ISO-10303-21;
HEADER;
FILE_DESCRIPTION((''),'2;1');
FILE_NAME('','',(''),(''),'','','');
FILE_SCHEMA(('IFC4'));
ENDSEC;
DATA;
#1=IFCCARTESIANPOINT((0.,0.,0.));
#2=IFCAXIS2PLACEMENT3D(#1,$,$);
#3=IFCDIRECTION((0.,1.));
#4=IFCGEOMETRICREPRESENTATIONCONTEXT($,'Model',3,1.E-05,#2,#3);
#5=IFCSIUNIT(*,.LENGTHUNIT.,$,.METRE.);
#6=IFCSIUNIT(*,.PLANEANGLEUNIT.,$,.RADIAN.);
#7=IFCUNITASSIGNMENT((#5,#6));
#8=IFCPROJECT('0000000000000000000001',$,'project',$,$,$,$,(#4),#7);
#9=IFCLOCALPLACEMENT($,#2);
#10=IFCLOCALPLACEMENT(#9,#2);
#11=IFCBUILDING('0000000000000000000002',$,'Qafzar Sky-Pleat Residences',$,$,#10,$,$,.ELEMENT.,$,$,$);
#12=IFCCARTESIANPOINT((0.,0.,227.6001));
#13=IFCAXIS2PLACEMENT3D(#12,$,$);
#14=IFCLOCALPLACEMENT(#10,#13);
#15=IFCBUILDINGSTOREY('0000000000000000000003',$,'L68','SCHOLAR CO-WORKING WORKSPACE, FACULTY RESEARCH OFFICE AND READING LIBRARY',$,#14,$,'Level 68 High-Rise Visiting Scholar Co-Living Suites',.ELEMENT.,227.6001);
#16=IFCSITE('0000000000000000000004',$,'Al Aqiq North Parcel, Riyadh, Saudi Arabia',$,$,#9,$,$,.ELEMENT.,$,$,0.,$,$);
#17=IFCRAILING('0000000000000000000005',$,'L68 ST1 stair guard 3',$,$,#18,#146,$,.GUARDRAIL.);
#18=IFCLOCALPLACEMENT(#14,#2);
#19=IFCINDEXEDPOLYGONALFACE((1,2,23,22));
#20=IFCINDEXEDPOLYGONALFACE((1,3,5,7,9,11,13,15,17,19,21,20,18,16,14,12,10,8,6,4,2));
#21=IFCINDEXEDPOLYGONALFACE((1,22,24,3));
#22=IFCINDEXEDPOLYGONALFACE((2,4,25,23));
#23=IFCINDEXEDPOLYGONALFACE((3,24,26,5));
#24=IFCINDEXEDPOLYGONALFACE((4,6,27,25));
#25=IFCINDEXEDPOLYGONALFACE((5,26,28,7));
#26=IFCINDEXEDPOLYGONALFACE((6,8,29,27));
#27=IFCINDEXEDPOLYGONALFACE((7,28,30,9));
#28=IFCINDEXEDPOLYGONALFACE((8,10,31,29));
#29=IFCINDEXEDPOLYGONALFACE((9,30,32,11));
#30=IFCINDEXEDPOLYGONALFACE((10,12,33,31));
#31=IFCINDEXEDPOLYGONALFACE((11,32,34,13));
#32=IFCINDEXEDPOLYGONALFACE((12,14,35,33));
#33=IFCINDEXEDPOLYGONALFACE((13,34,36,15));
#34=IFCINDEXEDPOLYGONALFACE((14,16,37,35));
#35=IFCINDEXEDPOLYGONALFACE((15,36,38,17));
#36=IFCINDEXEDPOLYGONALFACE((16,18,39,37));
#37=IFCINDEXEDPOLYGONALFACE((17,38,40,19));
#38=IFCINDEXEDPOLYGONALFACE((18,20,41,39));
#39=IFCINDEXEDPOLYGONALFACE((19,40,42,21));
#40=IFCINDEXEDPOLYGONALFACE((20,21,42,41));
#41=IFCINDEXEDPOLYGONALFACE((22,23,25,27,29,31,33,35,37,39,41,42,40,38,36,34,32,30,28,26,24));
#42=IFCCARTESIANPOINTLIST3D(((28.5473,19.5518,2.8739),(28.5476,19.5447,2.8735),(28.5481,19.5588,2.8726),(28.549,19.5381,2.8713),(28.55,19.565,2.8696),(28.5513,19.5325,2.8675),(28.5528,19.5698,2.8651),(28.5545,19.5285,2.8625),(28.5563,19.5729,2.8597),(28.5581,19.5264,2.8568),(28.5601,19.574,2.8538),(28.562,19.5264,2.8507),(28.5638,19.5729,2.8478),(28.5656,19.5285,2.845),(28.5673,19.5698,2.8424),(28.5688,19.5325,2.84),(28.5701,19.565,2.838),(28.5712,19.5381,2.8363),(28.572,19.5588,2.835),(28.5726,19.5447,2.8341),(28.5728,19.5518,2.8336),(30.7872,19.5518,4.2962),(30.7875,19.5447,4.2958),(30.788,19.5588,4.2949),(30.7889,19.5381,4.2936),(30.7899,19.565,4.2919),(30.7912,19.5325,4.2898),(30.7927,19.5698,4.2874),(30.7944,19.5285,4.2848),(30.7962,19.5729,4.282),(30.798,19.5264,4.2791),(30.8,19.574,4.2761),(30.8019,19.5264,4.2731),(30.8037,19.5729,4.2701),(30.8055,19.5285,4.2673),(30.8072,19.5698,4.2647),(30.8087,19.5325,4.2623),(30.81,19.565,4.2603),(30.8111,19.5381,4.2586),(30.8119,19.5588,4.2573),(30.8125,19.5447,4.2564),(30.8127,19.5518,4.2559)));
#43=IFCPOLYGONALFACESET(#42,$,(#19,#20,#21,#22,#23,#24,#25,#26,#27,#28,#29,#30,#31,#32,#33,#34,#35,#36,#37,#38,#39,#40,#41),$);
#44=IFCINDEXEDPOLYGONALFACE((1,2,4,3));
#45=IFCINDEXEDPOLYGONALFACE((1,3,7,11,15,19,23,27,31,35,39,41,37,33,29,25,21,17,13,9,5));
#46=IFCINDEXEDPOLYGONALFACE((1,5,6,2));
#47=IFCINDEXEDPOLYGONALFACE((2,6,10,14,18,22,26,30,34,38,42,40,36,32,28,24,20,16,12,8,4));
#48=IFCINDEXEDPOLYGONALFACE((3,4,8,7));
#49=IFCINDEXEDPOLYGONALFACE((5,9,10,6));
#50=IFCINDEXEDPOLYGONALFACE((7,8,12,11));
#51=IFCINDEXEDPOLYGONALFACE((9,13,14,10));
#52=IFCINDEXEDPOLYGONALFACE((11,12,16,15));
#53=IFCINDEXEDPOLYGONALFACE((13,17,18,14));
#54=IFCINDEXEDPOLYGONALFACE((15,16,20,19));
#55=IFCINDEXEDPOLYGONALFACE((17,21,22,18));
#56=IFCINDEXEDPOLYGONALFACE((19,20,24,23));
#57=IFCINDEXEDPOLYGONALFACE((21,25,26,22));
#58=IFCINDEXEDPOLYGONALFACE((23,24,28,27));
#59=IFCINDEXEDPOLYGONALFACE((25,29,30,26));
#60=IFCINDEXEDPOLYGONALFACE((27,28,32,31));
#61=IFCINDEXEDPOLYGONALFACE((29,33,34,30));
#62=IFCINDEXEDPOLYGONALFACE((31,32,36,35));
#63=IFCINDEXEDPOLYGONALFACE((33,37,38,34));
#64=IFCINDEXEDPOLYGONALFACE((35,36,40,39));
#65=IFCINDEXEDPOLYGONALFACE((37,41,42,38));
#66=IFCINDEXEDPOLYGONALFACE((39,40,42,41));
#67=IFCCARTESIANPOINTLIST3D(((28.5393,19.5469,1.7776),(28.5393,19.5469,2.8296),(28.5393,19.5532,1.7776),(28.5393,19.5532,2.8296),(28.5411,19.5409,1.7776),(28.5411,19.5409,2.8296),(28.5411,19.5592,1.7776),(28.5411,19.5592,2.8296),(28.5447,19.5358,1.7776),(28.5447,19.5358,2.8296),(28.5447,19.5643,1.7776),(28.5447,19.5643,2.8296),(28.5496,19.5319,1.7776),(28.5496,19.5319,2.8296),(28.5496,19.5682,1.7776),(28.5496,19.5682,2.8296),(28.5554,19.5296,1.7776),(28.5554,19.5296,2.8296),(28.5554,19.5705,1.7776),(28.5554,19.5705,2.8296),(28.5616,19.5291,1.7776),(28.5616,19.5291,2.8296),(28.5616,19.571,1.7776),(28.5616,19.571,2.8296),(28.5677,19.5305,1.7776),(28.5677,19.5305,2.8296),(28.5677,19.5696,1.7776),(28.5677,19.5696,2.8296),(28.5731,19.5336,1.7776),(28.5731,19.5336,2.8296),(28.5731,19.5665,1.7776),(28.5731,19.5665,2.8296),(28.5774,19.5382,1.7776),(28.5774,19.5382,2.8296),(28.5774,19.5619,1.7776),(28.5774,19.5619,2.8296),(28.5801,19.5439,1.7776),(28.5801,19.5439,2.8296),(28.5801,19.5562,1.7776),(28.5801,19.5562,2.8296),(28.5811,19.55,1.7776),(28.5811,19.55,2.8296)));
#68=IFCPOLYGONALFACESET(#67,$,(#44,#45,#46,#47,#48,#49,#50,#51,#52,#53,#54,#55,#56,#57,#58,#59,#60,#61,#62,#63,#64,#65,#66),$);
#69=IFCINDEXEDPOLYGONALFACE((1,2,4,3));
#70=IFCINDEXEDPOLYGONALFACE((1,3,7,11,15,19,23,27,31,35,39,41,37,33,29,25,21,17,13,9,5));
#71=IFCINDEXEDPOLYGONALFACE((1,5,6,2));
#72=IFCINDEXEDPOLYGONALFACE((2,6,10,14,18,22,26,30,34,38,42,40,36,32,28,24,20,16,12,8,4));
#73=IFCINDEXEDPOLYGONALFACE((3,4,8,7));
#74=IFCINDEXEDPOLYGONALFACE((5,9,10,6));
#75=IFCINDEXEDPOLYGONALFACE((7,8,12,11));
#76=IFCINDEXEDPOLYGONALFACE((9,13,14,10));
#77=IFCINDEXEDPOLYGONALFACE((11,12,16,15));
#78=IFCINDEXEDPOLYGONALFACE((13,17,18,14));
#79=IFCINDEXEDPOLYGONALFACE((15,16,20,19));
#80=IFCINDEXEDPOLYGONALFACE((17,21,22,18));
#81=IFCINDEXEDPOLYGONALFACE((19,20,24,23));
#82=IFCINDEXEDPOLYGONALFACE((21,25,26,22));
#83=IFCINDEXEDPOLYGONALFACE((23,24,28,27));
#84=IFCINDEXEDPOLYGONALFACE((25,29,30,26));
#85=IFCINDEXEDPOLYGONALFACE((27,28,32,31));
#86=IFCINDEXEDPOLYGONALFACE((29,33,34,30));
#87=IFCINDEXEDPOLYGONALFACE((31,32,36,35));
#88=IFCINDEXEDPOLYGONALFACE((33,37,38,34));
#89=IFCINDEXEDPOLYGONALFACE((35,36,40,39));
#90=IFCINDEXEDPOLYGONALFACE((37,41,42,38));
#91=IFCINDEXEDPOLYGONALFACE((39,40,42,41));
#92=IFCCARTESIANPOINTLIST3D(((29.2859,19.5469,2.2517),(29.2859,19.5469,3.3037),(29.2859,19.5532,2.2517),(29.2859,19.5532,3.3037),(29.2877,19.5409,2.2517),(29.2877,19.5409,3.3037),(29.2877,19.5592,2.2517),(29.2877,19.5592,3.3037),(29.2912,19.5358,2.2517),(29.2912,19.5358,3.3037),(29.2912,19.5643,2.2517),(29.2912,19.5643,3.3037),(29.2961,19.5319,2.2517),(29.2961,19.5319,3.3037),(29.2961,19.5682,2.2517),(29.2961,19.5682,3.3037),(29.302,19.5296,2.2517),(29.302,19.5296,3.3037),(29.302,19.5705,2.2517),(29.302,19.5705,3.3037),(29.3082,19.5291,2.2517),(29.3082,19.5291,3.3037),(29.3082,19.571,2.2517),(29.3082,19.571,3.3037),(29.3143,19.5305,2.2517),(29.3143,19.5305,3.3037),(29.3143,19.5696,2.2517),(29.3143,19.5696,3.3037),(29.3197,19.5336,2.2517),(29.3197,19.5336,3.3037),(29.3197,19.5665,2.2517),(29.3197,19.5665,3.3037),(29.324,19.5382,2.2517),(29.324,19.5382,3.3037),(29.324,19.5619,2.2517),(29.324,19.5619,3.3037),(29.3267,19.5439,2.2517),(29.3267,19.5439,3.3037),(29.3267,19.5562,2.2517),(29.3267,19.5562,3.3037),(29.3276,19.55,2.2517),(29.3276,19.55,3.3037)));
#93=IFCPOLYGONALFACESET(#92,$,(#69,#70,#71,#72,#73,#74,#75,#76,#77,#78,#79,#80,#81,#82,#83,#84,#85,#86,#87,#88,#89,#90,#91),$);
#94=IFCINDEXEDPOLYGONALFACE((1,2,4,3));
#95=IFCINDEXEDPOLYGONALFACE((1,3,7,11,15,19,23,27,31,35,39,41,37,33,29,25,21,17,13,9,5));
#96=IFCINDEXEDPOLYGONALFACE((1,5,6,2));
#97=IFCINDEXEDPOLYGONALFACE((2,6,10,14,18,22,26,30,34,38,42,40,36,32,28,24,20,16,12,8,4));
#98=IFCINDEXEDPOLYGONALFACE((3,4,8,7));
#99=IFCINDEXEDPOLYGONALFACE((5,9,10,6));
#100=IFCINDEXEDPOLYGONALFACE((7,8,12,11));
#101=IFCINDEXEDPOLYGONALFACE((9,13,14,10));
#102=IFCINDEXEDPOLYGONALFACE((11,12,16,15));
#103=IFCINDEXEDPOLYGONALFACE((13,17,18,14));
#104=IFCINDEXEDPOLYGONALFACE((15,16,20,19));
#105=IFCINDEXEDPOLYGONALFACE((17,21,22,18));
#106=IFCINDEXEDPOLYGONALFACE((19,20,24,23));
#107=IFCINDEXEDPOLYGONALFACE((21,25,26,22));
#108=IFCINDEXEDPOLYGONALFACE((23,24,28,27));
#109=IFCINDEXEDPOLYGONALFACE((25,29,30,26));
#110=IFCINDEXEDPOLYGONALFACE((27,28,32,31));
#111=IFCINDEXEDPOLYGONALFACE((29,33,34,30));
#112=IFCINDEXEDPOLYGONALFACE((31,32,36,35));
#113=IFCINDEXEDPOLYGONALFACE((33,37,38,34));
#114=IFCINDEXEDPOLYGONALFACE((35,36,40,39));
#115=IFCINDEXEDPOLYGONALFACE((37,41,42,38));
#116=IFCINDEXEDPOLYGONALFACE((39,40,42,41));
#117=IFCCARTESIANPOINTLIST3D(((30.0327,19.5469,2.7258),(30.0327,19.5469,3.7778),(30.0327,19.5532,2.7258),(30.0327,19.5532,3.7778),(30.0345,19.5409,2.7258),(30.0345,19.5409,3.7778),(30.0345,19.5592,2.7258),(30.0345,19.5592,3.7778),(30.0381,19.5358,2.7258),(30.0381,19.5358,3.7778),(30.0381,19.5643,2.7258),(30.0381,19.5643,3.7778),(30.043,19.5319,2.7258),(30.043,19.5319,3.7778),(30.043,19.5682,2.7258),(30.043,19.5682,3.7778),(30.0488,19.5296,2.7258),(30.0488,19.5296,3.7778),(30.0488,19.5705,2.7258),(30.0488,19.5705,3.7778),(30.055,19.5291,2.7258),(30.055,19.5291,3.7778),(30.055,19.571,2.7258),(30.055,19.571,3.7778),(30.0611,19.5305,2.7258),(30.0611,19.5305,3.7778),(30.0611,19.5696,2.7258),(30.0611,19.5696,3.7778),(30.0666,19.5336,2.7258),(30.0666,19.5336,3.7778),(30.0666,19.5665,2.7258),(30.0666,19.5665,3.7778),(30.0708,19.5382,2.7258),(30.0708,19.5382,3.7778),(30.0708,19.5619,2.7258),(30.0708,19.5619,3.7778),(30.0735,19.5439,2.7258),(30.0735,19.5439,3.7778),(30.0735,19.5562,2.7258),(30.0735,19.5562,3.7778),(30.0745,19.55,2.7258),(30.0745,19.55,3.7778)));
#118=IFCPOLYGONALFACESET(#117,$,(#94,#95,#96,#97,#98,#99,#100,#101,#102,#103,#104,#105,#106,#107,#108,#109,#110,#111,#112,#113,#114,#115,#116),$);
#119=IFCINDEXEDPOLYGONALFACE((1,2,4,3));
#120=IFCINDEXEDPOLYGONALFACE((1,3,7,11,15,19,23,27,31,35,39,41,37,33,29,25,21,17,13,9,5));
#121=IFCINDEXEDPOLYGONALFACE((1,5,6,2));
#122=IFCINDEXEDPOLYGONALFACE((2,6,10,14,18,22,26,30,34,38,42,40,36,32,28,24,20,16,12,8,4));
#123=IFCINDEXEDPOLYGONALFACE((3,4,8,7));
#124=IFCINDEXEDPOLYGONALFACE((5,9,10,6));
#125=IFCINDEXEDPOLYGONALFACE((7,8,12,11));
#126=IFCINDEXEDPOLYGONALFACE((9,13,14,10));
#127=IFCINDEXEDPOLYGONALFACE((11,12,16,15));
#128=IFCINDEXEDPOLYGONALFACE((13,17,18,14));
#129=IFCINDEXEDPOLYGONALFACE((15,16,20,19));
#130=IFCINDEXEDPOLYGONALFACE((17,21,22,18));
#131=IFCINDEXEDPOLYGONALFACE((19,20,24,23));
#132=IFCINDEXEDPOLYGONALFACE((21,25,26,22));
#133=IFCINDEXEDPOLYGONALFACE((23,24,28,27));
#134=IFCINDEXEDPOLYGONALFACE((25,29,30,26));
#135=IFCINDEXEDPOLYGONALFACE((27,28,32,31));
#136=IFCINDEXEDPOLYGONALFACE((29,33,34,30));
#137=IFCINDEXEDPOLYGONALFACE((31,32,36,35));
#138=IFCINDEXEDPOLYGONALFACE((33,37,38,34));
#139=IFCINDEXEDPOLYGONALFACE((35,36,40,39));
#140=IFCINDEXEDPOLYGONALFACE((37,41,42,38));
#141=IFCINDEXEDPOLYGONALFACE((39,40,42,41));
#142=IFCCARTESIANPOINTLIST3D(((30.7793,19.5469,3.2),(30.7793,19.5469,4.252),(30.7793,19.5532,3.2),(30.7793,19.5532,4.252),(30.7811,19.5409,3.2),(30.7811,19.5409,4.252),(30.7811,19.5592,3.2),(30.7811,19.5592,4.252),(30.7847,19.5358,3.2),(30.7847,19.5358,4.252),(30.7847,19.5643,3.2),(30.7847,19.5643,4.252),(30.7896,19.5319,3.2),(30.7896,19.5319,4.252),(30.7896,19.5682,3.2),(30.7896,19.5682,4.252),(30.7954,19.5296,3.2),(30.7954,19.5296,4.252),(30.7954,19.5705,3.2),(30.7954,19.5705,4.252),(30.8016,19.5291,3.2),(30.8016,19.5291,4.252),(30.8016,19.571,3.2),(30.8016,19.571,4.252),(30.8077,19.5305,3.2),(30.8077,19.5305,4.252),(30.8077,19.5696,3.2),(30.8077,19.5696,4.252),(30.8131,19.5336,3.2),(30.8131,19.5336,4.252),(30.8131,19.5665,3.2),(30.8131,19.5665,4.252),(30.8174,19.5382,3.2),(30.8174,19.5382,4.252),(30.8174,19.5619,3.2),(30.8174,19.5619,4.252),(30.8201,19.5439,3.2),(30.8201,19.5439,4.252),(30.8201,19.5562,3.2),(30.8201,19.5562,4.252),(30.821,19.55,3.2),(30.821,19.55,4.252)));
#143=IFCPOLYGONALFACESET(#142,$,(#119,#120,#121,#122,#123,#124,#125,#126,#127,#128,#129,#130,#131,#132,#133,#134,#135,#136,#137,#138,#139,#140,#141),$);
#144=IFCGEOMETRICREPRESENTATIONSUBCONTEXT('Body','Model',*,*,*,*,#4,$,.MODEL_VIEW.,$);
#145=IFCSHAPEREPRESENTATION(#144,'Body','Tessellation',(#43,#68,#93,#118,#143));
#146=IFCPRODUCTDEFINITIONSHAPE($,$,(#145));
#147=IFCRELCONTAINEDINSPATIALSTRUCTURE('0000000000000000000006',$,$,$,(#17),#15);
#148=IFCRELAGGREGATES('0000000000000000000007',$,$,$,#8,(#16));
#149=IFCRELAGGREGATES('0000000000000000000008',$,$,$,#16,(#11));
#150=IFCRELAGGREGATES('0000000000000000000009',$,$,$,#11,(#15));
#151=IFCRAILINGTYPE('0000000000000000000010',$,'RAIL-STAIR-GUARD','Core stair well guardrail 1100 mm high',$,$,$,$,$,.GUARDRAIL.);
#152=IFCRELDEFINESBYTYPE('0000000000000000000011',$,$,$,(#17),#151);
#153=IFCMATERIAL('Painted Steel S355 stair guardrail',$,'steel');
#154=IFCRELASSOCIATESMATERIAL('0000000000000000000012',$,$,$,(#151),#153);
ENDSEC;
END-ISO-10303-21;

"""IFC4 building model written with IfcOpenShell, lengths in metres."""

from ifc_helpers import new_model, si_unit, direction, frame, origin, origin_2d, place, context, subcontext, project, spatial, circle, extrude, source, transform, mapped, material, type_object, element, save


model = new_model("IFC4")

# Units and contexts
model_context = context("Model", 3, precision=1e-05, world=origin(), true_north=direction((0.0, 1.0)))
body_context = subcontext(model_context, "Body", "Model", "MODEL_VIEW")
ifc_project = project(units=[si_unit("LENGTHUNIT", "METRE"), si_unit("PLANEANGLEUNIT", "RADIAN")], contexts=[model_context])

# Site, building, storey
site_placement = place(None, origin())
site = spatial("IfcSite", under=ifc_project, at=site_placement, Name="Al Aqiq North Parcel, Riyadh, Saudi Arabia", CompositionType="ELEMENT", RefElevation=0.0)
building_placement = place(site_placement, origin())
building = spatial("IfcBuilding", under=site, at=building_placement, Name="Qafzar Sky-Pleat Residences", CompositionType="ELEMENT")
storey_placement = place(building_placement, frame((0.0, 0.0, 227.6001)))
storey = spatial("IfcBuildingStorey", under=building, at=storey_placement, Name="L68", Description="SCHOLAR CO-WORKING WORKSPACE, FACULTY RESEARCH OFFICE AND READING LIBRARY", LongName="Level 68 High-Rise Visiting Scholar Co-Living Suites", CompositionType="ELEMENT", Elevation=227.6001)

# Railing
ifc_material_1 = material(Name="Painted Steel S355 stair guardrail", Category="steel")
railing_type_1 = type_object("IfcRailingType", Name="RAIL-STAIR-GUARD", Description="Core stair well guardrail 1100 mm high", PredefinedType="GUARDRAIL", material=ifc_material_1)
shared_shape_1 = source(origin(), body_context, "Body", "SweptSolid", [
    extrude(circle(Radius=0.0239, at=origin_2d()), frame((0.0, 0.0, 1.0762), z_axis=(0.844188, 0.0, 0.536048), x_axis=(0.0, 1.0, 0.0)), (0.0, 0.0, 1.0), 2.6533),
    extrude(circle(Radius=0.021, at=origin_2d()), origin(), (0.0, 0.0, 1.0), 1.052),
    extrude(circle(Radius=0.021, at=origin_2d()), frame((0.7466, 0.0, 0.4741)), (0.0, 0.0, 1.0), 1.052),
    extrude(circle(Radius=0.021, at=origin_2d()), frame((1.4934, 0.0, 0.9482)), (0.0, 0.0, 1.0), 1.052),
    extrude(circle(Radius=0.021, at=origin_2d()), frame((2.24, 0.0, 1.4224)), (0.0, 0.0, 1.0), 1.052),
])
railing_1_placement = place(storey_placement, frame((28.5601, 19.55, 1.7776)))
element("IfcRailing", 1, at=railing_1_placement, inside=storey, type_object=railing_type_1, Name="L68 ST1 stair guard 3", PredefinedType="GUARDRAIL", context=body_context, shape_type="MappedRepresentation", body=[
    mapped(shared_shape_1, transform((0.0, 0.0, 0.0), x_axis=(1.0, 0.0, 0.0), y_axis=(0.0, 1.0, 0.0), z_axis=(0.0, 0.0, 1.0), scale=1.0)),
])

save(model, "model.ifc")
